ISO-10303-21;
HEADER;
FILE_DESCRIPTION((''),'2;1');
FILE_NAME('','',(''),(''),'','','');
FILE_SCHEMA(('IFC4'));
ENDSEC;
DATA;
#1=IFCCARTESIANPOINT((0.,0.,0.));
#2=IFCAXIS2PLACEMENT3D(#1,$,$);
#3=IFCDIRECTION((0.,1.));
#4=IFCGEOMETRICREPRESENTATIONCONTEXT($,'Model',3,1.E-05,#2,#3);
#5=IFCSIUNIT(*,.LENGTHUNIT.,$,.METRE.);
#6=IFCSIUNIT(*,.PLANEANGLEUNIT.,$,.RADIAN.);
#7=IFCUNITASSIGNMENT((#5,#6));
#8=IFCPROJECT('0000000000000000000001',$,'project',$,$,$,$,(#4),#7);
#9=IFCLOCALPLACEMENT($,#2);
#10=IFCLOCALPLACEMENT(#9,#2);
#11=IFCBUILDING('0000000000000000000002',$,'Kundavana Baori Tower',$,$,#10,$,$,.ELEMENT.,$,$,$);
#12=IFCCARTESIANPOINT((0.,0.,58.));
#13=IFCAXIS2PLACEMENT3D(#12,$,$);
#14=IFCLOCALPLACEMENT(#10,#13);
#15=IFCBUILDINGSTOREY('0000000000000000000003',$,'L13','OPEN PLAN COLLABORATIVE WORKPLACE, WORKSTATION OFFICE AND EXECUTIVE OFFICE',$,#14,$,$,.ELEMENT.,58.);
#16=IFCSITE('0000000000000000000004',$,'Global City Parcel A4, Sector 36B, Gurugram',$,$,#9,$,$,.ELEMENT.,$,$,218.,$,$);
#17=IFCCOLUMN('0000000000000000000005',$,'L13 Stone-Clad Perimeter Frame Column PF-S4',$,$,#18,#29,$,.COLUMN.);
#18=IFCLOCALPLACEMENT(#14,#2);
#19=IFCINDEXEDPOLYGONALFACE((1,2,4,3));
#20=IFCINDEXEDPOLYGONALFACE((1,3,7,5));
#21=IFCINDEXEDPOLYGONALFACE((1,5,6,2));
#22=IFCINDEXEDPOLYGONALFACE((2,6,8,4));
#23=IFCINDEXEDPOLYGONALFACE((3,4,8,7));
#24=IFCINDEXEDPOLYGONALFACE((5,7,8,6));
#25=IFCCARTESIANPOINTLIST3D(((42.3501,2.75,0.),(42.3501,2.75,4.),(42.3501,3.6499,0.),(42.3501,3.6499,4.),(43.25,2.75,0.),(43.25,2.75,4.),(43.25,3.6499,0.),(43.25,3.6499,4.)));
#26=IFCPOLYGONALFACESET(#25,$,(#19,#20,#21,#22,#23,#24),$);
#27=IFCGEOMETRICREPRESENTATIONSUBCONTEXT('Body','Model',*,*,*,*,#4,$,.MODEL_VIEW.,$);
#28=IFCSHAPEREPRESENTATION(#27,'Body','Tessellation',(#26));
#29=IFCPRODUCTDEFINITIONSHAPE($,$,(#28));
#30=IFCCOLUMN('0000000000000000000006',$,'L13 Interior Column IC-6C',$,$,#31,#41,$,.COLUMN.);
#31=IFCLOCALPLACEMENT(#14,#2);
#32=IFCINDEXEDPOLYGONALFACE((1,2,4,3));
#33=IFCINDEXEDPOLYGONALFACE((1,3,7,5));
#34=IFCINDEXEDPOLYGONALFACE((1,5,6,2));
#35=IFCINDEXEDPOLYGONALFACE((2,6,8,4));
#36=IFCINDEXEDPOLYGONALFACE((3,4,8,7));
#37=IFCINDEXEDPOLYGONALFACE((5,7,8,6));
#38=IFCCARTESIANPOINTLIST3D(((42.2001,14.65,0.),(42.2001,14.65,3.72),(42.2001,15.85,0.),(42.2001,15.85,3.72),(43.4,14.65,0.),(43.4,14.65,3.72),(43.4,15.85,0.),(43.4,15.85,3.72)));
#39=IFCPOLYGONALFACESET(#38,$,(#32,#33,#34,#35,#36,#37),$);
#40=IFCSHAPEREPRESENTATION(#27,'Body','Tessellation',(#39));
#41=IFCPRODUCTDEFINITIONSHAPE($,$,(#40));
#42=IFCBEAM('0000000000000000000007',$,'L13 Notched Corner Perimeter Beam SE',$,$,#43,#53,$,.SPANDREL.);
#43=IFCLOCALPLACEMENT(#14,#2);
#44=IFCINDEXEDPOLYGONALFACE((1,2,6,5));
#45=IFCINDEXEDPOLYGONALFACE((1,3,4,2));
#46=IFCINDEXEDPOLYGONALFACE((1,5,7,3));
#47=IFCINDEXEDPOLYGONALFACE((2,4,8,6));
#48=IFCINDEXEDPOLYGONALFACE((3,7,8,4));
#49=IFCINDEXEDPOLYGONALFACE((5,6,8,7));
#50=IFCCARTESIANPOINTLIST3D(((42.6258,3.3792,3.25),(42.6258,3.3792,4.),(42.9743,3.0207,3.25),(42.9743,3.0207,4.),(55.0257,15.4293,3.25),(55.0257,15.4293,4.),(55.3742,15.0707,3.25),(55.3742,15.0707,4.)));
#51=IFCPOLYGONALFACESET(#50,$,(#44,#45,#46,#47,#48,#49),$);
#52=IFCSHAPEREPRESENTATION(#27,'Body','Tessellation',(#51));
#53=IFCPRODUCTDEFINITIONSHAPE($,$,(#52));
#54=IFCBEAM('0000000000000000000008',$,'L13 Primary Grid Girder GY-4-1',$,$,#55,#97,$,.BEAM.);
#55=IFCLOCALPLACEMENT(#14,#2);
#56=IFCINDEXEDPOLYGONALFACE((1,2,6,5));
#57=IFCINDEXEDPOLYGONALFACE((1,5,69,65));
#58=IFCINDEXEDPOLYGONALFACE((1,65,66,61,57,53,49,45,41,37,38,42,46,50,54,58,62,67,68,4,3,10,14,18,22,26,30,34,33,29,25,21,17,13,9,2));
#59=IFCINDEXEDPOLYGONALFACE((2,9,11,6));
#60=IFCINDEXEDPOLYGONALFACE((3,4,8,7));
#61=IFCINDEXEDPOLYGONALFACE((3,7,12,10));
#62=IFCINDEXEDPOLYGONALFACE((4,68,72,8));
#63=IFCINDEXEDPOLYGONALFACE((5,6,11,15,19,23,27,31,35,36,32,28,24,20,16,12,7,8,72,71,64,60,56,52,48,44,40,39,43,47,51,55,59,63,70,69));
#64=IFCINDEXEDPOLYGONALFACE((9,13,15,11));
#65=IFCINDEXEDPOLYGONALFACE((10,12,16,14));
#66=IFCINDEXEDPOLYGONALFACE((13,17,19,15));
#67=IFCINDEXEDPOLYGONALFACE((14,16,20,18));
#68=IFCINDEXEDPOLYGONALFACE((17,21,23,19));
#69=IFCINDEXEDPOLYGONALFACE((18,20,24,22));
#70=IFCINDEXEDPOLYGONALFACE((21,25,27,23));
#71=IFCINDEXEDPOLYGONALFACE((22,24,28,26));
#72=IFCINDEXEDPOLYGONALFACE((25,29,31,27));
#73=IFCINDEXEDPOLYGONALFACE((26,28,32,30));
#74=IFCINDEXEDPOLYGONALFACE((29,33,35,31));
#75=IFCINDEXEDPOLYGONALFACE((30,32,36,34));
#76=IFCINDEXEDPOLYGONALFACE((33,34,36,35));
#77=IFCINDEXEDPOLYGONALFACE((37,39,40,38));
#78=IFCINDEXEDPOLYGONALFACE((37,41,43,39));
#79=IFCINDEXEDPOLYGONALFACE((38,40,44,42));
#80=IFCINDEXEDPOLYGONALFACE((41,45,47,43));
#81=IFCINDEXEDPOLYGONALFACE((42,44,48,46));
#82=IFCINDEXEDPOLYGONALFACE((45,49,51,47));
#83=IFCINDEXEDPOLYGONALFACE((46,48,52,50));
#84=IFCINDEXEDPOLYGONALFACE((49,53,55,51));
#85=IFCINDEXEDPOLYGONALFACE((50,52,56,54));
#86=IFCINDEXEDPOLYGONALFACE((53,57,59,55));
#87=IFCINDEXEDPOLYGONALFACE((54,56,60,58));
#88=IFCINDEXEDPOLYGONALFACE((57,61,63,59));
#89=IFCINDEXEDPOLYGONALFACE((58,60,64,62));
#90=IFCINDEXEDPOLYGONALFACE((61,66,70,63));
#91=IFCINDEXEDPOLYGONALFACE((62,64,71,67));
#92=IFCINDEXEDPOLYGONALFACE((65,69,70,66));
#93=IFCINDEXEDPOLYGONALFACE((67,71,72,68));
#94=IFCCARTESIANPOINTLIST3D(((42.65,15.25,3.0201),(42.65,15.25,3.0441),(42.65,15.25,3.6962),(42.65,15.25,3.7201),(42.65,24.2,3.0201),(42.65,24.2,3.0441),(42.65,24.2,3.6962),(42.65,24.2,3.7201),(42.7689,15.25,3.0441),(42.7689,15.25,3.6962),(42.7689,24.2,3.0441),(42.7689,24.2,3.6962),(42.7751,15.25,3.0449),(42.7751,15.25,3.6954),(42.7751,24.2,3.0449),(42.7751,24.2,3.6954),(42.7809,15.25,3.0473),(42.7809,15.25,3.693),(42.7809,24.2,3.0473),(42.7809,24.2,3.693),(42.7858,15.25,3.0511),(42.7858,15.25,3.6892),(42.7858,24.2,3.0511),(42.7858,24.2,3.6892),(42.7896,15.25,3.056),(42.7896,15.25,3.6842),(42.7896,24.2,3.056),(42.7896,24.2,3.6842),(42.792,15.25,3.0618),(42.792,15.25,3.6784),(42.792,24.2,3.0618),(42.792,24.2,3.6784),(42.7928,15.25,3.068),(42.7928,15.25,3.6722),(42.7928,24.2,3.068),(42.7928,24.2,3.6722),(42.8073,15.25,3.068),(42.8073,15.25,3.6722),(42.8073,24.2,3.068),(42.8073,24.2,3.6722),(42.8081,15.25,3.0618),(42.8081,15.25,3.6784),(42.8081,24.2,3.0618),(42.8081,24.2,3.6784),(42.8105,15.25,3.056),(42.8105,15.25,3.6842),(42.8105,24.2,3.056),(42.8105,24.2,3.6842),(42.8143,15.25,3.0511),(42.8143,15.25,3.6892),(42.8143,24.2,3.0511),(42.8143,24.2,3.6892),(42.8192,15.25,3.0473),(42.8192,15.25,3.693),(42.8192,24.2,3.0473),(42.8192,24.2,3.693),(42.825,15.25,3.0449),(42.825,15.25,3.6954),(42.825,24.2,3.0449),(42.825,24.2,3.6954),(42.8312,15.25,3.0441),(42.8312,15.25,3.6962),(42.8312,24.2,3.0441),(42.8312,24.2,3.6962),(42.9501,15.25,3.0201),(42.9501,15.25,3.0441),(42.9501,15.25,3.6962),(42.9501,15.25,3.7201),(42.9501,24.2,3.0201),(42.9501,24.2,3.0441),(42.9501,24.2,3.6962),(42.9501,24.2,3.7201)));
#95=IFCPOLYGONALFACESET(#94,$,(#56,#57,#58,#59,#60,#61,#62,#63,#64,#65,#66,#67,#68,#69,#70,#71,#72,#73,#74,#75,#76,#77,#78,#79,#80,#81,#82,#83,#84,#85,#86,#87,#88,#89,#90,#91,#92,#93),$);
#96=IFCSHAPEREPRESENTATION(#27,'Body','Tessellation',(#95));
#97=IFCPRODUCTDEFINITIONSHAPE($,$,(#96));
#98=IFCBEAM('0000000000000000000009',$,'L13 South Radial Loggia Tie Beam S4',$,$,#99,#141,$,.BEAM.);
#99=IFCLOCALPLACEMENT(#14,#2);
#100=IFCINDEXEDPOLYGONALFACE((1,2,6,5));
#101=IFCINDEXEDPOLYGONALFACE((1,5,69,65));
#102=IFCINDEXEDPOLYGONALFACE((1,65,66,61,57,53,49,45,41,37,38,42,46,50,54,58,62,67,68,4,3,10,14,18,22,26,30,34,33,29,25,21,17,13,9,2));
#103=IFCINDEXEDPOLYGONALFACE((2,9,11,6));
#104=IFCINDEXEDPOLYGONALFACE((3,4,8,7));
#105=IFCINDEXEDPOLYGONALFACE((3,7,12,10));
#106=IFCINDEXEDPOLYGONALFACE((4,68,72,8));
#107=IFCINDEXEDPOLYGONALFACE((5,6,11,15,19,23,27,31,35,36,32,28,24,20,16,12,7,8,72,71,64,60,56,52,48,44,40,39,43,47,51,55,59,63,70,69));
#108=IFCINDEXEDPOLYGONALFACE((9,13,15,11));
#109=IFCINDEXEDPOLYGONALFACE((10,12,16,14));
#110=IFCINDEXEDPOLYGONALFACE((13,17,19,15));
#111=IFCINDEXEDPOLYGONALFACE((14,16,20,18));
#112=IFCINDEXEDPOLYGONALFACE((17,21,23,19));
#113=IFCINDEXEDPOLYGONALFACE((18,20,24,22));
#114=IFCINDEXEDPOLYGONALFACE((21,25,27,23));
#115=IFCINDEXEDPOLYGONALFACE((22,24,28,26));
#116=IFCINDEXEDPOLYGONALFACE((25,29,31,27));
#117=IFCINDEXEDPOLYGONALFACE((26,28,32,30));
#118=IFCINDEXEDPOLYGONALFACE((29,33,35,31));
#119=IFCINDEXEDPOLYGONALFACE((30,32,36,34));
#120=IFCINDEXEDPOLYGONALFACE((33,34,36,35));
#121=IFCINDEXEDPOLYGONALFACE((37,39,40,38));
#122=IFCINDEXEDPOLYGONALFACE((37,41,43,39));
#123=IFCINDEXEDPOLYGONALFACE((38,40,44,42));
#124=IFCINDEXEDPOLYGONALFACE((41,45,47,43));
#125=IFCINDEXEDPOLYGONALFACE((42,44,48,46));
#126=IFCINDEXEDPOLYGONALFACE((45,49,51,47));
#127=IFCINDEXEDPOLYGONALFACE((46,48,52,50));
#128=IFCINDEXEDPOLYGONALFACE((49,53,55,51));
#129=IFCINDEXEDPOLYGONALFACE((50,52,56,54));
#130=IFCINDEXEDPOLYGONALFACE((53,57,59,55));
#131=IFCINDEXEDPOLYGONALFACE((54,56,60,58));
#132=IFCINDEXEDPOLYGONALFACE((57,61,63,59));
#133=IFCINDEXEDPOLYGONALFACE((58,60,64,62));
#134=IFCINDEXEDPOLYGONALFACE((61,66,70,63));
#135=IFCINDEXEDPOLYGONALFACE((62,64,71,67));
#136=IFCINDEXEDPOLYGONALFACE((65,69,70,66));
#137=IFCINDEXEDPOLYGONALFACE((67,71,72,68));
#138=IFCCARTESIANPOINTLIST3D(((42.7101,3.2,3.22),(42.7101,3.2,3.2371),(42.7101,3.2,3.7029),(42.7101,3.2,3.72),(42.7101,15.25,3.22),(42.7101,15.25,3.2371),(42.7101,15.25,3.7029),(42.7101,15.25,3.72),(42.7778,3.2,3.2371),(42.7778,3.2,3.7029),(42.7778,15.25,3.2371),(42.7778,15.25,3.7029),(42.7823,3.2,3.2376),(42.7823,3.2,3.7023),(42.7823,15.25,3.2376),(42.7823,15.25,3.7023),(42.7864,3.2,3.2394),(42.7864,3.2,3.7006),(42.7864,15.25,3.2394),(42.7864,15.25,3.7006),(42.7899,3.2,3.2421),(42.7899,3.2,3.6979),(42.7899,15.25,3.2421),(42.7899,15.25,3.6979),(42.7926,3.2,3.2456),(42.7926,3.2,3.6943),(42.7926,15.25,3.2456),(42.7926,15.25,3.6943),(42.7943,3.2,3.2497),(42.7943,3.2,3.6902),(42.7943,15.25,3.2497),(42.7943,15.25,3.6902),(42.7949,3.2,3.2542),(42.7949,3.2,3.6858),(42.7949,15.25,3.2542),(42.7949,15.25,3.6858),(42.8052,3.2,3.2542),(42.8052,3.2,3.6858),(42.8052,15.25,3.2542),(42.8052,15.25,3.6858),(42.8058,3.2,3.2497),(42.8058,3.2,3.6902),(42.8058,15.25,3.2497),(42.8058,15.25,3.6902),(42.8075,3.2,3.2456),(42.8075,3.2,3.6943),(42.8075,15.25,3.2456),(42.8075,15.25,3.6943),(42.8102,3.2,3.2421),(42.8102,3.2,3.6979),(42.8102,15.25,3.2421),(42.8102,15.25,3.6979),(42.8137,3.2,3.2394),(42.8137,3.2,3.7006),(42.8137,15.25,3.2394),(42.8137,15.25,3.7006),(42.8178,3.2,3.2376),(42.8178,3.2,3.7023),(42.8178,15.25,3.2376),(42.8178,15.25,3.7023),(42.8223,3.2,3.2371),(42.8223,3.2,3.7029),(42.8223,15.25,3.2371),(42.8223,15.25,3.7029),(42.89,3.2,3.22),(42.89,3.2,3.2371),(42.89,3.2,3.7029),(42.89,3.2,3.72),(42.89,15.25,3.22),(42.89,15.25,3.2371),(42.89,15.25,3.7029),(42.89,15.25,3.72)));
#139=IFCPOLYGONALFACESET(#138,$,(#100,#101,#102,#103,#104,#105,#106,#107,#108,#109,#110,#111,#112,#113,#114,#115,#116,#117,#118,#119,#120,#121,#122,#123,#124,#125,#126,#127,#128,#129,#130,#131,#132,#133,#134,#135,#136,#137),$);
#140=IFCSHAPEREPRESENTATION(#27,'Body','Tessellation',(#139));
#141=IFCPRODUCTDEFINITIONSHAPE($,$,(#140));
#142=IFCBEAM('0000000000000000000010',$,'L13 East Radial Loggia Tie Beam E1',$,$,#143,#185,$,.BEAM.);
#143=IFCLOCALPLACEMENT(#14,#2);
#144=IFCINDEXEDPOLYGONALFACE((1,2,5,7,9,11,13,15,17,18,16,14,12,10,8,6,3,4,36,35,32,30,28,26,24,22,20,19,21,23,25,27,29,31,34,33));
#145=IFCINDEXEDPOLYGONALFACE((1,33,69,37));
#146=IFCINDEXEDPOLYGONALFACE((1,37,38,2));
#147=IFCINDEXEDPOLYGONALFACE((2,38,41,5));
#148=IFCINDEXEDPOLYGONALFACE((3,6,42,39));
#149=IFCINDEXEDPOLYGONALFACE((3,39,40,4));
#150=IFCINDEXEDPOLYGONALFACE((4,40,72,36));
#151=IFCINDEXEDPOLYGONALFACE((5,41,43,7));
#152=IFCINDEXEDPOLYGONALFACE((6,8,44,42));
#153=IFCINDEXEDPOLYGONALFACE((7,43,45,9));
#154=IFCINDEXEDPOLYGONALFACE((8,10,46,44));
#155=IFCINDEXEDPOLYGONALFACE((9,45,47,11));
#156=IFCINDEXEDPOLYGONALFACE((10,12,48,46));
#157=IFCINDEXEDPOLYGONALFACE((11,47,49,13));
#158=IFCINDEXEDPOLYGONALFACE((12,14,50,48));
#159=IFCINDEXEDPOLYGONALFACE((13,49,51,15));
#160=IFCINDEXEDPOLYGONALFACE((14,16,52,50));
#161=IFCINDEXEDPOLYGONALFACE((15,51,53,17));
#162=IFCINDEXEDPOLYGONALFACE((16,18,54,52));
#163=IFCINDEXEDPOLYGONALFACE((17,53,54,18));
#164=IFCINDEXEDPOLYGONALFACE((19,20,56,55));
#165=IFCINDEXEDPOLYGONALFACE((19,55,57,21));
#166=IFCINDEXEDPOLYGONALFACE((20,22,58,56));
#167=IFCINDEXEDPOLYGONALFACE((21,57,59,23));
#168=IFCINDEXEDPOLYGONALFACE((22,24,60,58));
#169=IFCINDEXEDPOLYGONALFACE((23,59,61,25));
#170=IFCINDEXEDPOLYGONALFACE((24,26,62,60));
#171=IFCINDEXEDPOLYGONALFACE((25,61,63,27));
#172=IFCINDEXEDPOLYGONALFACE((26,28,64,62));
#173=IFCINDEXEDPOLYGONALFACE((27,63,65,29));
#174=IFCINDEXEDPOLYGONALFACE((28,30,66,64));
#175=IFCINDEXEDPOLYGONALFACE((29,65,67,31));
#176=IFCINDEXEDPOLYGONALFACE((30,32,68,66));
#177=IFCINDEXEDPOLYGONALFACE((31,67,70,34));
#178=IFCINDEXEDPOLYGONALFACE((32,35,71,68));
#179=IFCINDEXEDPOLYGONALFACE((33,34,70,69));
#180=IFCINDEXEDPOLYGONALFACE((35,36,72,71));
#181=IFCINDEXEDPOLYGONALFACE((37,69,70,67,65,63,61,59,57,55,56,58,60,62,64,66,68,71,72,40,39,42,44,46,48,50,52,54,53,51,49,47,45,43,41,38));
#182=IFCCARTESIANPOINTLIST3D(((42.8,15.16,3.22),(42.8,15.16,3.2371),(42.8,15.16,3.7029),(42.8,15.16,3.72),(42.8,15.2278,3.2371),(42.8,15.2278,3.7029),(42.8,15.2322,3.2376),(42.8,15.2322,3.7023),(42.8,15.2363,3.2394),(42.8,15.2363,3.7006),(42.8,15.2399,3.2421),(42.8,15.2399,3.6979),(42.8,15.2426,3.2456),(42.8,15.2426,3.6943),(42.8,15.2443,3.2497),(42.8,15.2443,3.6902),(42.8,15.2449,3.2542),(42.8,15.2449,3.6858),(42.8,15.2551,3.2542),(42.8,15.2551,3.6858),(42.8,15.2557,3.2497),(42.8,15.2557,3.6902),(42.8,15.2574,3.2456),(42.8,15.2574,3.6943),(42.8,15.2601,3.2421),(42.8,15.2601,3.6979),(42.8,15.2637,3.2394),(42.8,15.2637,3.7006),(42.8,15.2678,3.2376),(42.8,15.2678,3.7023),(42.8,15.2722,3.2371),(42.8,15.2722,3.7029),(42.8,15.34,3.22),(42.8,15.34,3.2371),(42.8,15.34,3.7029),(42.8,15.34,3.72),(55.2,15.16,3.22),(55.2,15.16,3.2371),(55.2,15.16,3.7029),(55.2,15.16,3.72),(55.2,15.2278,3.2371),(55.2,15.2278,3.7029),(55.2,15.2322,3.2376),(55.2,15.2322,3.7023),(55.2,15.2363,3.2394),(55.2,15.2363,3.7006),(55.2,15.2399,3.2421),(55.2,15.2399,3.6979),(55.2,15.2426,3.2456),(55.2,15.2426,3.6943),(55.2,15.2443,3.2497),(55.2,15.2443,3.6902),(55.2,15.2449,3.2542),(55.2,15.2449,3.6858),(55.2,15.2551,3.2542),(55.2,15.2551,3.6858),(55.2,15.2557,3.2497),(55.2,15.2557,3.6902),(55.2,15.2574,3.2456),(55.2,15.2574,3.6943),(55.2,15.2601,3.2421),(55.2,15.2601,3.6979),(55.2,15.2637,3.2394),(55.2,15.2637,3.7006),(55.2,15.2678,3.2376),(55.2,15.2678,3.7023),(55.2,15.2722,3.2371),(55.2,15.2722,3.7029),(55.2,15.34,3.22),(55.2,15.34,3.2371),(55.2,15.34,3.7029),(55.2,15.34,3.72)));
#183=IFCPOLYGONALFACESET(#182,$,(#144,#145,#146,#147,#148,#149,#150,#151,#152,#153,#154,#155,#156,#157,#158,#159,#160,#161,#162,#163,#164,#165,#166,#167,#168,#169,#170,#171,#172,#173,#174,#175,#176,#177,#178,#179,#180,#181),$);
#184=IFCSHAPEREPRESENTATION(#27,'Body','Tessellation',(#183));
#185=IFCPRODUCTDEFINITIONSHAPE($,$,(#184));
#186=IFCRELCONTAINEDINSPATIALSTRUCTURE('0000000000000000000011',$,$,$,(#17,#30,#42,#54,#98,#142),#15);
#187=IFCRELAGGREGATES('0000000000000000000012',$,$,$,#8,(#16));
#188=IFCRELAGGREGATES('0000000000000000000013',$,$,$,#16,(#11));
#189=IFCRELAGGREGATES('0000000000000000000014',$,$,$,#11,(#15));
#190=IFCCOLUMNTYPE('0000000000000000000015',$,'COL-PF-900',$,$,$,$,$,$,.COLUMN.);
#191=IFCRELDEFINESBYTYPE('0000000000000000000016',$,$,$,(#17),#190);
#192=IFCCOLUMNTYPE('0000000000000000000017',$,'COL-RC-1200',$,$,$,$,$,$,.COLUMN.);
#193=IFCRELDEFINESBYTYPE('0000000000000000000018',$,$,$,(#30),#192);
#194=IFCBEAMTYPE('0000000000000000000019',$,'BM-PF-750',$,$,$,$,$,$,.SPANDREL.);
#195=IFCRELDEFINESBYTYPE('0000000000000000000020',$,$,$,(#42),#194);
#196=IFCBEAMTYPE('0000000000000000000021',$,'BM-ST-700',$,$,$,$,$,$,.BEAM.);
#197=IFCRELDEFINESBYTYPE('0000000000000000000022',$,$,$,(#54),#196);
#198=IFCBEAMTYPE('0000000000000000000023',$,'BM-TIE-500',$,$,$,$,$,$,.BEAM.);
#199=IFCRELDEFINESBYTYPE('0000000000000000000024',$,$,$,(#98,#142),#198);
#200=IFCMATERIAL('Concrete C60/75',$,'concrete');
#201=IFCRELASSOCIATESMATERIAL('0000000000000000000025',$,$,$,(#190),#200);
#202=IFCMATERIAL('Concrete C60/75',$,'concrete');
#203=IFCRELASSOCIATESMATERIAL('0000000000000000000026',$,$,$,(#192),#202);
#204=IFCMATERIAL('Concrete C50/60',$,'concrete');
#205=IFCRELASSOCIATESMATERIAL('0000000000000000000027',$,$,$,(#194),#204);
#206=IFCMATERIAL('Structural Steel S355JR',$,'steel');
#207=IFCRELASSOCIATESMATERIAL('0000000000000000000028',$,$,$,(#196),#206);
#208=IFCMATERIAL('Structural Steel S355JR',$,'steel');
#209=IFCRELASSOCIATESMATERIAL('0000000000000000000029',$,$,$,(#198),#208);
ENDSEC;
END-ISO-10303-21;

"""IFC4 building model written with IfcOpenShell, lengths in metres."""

from ifc_helpers import new_model, si_unit, direction, frame, origin, origin_2d, place, context, subcontext, project, spatial, rectangle, i_section, extrude, material, material_profile, profile_set, type_object, element, save


model = new_model("IFC4")

# Units and contexts
model_context = context("Model", 3, precision=1e-05, world=origin(), true_north=direction((0.0, 1.0)))
body_context = subcontext(model_context, "Body", "Model", "MODEL_VIEW")
ifc_project = project(units=[si_unit("LENGTHUNIT", "METRE"), si_unit("PLANEANGLEUNIT", "RADIAN")], contexts=[model_context])

# Site, building, storey
site_placement = place(None, origin())
site = spatial("IfcSite", under=ifc_project, at=site_placement, Name="Global City Parcel A4, Sector 36B, Gurugram", CompositionType="ELEMENT", RefElevation=218.0)
building_placement = place(site_placement, origin())
building = spatial("IfcBuilding", under=site, at=building_placement, Name="Kundavana Baori Tower", CompositionType="ELEMENT")
storey_placement = place(building_placement, frame((0.0, 0.0, 58.0)))
storey = spatial("IfcBuildingStorey", under=building, at=storey_placement, Name="L13", Description="OPEN PLAN COLLABORATIVE WORKPLACE, WORKSTATION OFFICE AND EXECUTIVE OFFICE", CompositionType="ELEMENT", Elevation=58.0)

# Columns
ifc_material_1 = material(Name="Concrete C60/75", Category="concrete")
ifc_material_profile_1 = material_profile(ifc_material_1, rectangle(XDim=0.8999, YDim=0.8999, at=origin_2d()), Name="RC PF 900x900")
ifc_profile_set_1 = profile_set([ifc_material_profile_1], Name="Concrete C60/75")
column_type_1 = type_object("IfcColumnType", Name="COL-PF-900", PredefinedType="COLUMN", material=ifc_profile_set_1)
column_1_placement = place(storey_placement, frame((42.8, 3.2, 0.0), z_axis=(0.0, 0.0, 1.0), x_axis=(1.0, 0.0, 0.0)))
element("IfcColumn", 1, at=column_1_placement, inside=storey, type_object=column_type_1, Name="L13 Stone-Clad Perimeter Frame Column PF-S4", PredefinedType="COLUMN", context=body_context, shape_type="SweptSolid", body=[
    extrude(rectangle(XDim=0.8999, YDim=0.8999, at=origin_2d()), origin(), (0.0, 0.0, 1.0), 4.0),
])
ifc_material_2 = material(Name="Concrete C60/75", Category="concrete")
ifc_material_profile_2 = material_profile(ifc_material_2, rectangle(XDim=1.2, YDim=1.2, at=origin_2d()), Name="RC 1200x1200")
ifc_profile_set_2 = profile_set([ifc_material_profile_2], Name="Concrete C60/75")
column_type_2 = type_object("IfcColumnType", Name="COL-RC-1200", PredefinedType="COLUMN", material=ifc_profile_set_2)
column_2_placement = place(storey_placement, frame((42.8, 15.25, 0.0), z_axis=(0.0, 0.0, 1.0), x_axis=(1.0, 0.0, 0.0)))
element("IfcColumn", 2, at=column_2_placement, inside=storey, type_object=column_type_2, Name="L13 Interior Column IC-6C", PredefinedType="COLUMN", context=body_context, shape_type="SweptSolid", body=[
    extrude(rectangle(XDim=1.2, YDim=1.2, at=origin_2d()), origin(), (0.0, 0.0, 1.0), 3.72),
])

# Beams
ifc_material_3 = material(Name="Concrete C50/60", Category="concrete")
ifc_material_profile_3 = material_profile(ifc_material_3, rectangle(XDim=0.5, YDim=0.75, at=origin_2d()), Name="RC BM 500x750")
ifc_profile_set_3 = profile_set([ifc_material_profile_3], Name="Concrete C50/60")
beam_type_1 = type_object("IfcBeamType", Name="BM-PF-750", PredefinedType="SPANDREL", material=ifc_profile_set_3)
beam_1_placement = place(storey_placement, frame((42.8, 3.2, 3.625), z_axis=(0.717151, 0.696917, 0.0), x_axis=(-0.696917, 0.717151, 0.0)))
element("IfcBeam", 3, at=beam_1_placement, inside=storey, type_object=beam_type_1, Name="L13 Notched Corner Perimeter Beam SE", PredefinedType="SPANDREL", context=body_context, shape_type="SweptSolid", body=[
    extrude(rectangle(XDim=0.5, YDim=0.75, at=origin_2d()), origin(), (0.0, 0.0, 1.0), 17.2905),
])
ifc_material_4 = material(Name="Structural Steel S355JR", Category="steel")
ifc_material_profile_4 = material_profile(ifc_material_4, i_section(OverallWidth=0.3, OverallDepth=0.7, WebThickness=0.0144, FlangeThickness=0.0239, FilletRadius=0.0239, at=origin_2d()), Name="NPB 700x300x170")
ifc_profile_set_4 = profile_set([ifc_material_profile_4], Name="Structural Steel S355JR")
beam_type_2 = type_object("IfcBeamType", Name="BM-ST-700", PredefinedType="BEAM", material=ifc_profile_set_4)
beam_2_placement = place(storey_placement, frame((42.8, 15.25, 3.3701), z_axis=(0.0, 1.0, 0.0), x_axis=(-1.0, 0.0, 0.0)))
element("IfcBeam", 4, at=beam_2_placement, inside=storey, type_object=beam_type_2, Name="L13 Primary Grid Girder GY-4-1", PredefinedType="BEAM", context=body_context, shape_type="SweptSolid", body=[
    extrude(i_section(OverallWidth=0.3, OverallDepth=0.7, WebThickness=0.0144, FlangeThickness=0.0239, FilletRadius=0.0239, at=origin_2d()), origin(), (0.0, 0.0, 1.0), 8.95),
])
ifc_material_5 = material(Name="Structural Steel S355JR", Category="steel")
ifc_material_profile_5 = material_profile(ifc_material_5, i_section(OverallWidth=0.1799, OverallDepth=0.5, WebThickness=0.0103, FlangeThickness=0.0171, FilletRadius=0.0171, at=origin_2d()), Name="ISMB 500")
ifc_profile_set_5 = profile_set([ifc_material_profile_5], Name="Structural Steel S355JR")
beam_type_3 = type_object("IfcBeamType", Name="BM-TIE-500", PredefinedType="BEAM", material=ifc_profile_set_5)
beam_3_placement = place(storey_placement, frame((42.8, 15.25, 3.47), z_axis=(0.0, -1.0, 0.0), x_axis=(1.0, 0.0, 0.0)))
element("IfcBeam", 5, at=beam_3_placement, inside=storey, type_object=beam_type_3, Name="L13 South Radial Loggia Tie Beam S4", PredefinedType="BEAM", context=body_context, shape_type="SweptSolid", body=[
    extrude(i_section(OverallWidth=0.1799, OverallDepth=0.5, WebThickness=0.0103, FlangeThickness=0.0171, FilletRadius=0.0171, at=origin_2d()), origin(), (0.0, 0.0, 1.0), 12.05),
])
beam_4_placement = place(storey_placement, frame((42.8, 15.25, 3.47), z_axis=(1.0, 0.0, 0.0), x_axis=(0.0, 1.0, 0.0)))
element("IfcBeam", 6, at=beam_4_placement, inside=storey, type_object=beam_type_3, Name="L13 East Radial Loggia Tie Beam E1", PredefinedType="BEAM", context=body_context, shape_type="SweptSolid", body=[
    extrude(i_section(OverallWidth=0.1799, OverallDepth=0.5, WebThickness=0.0103, FlangeThickness=0.0171, FilletRadius=0.0171, at=origin_2d()), origin(), (0.0, 0.0, 1.0), 12.3999),
])

save(model, "model.ifc")
